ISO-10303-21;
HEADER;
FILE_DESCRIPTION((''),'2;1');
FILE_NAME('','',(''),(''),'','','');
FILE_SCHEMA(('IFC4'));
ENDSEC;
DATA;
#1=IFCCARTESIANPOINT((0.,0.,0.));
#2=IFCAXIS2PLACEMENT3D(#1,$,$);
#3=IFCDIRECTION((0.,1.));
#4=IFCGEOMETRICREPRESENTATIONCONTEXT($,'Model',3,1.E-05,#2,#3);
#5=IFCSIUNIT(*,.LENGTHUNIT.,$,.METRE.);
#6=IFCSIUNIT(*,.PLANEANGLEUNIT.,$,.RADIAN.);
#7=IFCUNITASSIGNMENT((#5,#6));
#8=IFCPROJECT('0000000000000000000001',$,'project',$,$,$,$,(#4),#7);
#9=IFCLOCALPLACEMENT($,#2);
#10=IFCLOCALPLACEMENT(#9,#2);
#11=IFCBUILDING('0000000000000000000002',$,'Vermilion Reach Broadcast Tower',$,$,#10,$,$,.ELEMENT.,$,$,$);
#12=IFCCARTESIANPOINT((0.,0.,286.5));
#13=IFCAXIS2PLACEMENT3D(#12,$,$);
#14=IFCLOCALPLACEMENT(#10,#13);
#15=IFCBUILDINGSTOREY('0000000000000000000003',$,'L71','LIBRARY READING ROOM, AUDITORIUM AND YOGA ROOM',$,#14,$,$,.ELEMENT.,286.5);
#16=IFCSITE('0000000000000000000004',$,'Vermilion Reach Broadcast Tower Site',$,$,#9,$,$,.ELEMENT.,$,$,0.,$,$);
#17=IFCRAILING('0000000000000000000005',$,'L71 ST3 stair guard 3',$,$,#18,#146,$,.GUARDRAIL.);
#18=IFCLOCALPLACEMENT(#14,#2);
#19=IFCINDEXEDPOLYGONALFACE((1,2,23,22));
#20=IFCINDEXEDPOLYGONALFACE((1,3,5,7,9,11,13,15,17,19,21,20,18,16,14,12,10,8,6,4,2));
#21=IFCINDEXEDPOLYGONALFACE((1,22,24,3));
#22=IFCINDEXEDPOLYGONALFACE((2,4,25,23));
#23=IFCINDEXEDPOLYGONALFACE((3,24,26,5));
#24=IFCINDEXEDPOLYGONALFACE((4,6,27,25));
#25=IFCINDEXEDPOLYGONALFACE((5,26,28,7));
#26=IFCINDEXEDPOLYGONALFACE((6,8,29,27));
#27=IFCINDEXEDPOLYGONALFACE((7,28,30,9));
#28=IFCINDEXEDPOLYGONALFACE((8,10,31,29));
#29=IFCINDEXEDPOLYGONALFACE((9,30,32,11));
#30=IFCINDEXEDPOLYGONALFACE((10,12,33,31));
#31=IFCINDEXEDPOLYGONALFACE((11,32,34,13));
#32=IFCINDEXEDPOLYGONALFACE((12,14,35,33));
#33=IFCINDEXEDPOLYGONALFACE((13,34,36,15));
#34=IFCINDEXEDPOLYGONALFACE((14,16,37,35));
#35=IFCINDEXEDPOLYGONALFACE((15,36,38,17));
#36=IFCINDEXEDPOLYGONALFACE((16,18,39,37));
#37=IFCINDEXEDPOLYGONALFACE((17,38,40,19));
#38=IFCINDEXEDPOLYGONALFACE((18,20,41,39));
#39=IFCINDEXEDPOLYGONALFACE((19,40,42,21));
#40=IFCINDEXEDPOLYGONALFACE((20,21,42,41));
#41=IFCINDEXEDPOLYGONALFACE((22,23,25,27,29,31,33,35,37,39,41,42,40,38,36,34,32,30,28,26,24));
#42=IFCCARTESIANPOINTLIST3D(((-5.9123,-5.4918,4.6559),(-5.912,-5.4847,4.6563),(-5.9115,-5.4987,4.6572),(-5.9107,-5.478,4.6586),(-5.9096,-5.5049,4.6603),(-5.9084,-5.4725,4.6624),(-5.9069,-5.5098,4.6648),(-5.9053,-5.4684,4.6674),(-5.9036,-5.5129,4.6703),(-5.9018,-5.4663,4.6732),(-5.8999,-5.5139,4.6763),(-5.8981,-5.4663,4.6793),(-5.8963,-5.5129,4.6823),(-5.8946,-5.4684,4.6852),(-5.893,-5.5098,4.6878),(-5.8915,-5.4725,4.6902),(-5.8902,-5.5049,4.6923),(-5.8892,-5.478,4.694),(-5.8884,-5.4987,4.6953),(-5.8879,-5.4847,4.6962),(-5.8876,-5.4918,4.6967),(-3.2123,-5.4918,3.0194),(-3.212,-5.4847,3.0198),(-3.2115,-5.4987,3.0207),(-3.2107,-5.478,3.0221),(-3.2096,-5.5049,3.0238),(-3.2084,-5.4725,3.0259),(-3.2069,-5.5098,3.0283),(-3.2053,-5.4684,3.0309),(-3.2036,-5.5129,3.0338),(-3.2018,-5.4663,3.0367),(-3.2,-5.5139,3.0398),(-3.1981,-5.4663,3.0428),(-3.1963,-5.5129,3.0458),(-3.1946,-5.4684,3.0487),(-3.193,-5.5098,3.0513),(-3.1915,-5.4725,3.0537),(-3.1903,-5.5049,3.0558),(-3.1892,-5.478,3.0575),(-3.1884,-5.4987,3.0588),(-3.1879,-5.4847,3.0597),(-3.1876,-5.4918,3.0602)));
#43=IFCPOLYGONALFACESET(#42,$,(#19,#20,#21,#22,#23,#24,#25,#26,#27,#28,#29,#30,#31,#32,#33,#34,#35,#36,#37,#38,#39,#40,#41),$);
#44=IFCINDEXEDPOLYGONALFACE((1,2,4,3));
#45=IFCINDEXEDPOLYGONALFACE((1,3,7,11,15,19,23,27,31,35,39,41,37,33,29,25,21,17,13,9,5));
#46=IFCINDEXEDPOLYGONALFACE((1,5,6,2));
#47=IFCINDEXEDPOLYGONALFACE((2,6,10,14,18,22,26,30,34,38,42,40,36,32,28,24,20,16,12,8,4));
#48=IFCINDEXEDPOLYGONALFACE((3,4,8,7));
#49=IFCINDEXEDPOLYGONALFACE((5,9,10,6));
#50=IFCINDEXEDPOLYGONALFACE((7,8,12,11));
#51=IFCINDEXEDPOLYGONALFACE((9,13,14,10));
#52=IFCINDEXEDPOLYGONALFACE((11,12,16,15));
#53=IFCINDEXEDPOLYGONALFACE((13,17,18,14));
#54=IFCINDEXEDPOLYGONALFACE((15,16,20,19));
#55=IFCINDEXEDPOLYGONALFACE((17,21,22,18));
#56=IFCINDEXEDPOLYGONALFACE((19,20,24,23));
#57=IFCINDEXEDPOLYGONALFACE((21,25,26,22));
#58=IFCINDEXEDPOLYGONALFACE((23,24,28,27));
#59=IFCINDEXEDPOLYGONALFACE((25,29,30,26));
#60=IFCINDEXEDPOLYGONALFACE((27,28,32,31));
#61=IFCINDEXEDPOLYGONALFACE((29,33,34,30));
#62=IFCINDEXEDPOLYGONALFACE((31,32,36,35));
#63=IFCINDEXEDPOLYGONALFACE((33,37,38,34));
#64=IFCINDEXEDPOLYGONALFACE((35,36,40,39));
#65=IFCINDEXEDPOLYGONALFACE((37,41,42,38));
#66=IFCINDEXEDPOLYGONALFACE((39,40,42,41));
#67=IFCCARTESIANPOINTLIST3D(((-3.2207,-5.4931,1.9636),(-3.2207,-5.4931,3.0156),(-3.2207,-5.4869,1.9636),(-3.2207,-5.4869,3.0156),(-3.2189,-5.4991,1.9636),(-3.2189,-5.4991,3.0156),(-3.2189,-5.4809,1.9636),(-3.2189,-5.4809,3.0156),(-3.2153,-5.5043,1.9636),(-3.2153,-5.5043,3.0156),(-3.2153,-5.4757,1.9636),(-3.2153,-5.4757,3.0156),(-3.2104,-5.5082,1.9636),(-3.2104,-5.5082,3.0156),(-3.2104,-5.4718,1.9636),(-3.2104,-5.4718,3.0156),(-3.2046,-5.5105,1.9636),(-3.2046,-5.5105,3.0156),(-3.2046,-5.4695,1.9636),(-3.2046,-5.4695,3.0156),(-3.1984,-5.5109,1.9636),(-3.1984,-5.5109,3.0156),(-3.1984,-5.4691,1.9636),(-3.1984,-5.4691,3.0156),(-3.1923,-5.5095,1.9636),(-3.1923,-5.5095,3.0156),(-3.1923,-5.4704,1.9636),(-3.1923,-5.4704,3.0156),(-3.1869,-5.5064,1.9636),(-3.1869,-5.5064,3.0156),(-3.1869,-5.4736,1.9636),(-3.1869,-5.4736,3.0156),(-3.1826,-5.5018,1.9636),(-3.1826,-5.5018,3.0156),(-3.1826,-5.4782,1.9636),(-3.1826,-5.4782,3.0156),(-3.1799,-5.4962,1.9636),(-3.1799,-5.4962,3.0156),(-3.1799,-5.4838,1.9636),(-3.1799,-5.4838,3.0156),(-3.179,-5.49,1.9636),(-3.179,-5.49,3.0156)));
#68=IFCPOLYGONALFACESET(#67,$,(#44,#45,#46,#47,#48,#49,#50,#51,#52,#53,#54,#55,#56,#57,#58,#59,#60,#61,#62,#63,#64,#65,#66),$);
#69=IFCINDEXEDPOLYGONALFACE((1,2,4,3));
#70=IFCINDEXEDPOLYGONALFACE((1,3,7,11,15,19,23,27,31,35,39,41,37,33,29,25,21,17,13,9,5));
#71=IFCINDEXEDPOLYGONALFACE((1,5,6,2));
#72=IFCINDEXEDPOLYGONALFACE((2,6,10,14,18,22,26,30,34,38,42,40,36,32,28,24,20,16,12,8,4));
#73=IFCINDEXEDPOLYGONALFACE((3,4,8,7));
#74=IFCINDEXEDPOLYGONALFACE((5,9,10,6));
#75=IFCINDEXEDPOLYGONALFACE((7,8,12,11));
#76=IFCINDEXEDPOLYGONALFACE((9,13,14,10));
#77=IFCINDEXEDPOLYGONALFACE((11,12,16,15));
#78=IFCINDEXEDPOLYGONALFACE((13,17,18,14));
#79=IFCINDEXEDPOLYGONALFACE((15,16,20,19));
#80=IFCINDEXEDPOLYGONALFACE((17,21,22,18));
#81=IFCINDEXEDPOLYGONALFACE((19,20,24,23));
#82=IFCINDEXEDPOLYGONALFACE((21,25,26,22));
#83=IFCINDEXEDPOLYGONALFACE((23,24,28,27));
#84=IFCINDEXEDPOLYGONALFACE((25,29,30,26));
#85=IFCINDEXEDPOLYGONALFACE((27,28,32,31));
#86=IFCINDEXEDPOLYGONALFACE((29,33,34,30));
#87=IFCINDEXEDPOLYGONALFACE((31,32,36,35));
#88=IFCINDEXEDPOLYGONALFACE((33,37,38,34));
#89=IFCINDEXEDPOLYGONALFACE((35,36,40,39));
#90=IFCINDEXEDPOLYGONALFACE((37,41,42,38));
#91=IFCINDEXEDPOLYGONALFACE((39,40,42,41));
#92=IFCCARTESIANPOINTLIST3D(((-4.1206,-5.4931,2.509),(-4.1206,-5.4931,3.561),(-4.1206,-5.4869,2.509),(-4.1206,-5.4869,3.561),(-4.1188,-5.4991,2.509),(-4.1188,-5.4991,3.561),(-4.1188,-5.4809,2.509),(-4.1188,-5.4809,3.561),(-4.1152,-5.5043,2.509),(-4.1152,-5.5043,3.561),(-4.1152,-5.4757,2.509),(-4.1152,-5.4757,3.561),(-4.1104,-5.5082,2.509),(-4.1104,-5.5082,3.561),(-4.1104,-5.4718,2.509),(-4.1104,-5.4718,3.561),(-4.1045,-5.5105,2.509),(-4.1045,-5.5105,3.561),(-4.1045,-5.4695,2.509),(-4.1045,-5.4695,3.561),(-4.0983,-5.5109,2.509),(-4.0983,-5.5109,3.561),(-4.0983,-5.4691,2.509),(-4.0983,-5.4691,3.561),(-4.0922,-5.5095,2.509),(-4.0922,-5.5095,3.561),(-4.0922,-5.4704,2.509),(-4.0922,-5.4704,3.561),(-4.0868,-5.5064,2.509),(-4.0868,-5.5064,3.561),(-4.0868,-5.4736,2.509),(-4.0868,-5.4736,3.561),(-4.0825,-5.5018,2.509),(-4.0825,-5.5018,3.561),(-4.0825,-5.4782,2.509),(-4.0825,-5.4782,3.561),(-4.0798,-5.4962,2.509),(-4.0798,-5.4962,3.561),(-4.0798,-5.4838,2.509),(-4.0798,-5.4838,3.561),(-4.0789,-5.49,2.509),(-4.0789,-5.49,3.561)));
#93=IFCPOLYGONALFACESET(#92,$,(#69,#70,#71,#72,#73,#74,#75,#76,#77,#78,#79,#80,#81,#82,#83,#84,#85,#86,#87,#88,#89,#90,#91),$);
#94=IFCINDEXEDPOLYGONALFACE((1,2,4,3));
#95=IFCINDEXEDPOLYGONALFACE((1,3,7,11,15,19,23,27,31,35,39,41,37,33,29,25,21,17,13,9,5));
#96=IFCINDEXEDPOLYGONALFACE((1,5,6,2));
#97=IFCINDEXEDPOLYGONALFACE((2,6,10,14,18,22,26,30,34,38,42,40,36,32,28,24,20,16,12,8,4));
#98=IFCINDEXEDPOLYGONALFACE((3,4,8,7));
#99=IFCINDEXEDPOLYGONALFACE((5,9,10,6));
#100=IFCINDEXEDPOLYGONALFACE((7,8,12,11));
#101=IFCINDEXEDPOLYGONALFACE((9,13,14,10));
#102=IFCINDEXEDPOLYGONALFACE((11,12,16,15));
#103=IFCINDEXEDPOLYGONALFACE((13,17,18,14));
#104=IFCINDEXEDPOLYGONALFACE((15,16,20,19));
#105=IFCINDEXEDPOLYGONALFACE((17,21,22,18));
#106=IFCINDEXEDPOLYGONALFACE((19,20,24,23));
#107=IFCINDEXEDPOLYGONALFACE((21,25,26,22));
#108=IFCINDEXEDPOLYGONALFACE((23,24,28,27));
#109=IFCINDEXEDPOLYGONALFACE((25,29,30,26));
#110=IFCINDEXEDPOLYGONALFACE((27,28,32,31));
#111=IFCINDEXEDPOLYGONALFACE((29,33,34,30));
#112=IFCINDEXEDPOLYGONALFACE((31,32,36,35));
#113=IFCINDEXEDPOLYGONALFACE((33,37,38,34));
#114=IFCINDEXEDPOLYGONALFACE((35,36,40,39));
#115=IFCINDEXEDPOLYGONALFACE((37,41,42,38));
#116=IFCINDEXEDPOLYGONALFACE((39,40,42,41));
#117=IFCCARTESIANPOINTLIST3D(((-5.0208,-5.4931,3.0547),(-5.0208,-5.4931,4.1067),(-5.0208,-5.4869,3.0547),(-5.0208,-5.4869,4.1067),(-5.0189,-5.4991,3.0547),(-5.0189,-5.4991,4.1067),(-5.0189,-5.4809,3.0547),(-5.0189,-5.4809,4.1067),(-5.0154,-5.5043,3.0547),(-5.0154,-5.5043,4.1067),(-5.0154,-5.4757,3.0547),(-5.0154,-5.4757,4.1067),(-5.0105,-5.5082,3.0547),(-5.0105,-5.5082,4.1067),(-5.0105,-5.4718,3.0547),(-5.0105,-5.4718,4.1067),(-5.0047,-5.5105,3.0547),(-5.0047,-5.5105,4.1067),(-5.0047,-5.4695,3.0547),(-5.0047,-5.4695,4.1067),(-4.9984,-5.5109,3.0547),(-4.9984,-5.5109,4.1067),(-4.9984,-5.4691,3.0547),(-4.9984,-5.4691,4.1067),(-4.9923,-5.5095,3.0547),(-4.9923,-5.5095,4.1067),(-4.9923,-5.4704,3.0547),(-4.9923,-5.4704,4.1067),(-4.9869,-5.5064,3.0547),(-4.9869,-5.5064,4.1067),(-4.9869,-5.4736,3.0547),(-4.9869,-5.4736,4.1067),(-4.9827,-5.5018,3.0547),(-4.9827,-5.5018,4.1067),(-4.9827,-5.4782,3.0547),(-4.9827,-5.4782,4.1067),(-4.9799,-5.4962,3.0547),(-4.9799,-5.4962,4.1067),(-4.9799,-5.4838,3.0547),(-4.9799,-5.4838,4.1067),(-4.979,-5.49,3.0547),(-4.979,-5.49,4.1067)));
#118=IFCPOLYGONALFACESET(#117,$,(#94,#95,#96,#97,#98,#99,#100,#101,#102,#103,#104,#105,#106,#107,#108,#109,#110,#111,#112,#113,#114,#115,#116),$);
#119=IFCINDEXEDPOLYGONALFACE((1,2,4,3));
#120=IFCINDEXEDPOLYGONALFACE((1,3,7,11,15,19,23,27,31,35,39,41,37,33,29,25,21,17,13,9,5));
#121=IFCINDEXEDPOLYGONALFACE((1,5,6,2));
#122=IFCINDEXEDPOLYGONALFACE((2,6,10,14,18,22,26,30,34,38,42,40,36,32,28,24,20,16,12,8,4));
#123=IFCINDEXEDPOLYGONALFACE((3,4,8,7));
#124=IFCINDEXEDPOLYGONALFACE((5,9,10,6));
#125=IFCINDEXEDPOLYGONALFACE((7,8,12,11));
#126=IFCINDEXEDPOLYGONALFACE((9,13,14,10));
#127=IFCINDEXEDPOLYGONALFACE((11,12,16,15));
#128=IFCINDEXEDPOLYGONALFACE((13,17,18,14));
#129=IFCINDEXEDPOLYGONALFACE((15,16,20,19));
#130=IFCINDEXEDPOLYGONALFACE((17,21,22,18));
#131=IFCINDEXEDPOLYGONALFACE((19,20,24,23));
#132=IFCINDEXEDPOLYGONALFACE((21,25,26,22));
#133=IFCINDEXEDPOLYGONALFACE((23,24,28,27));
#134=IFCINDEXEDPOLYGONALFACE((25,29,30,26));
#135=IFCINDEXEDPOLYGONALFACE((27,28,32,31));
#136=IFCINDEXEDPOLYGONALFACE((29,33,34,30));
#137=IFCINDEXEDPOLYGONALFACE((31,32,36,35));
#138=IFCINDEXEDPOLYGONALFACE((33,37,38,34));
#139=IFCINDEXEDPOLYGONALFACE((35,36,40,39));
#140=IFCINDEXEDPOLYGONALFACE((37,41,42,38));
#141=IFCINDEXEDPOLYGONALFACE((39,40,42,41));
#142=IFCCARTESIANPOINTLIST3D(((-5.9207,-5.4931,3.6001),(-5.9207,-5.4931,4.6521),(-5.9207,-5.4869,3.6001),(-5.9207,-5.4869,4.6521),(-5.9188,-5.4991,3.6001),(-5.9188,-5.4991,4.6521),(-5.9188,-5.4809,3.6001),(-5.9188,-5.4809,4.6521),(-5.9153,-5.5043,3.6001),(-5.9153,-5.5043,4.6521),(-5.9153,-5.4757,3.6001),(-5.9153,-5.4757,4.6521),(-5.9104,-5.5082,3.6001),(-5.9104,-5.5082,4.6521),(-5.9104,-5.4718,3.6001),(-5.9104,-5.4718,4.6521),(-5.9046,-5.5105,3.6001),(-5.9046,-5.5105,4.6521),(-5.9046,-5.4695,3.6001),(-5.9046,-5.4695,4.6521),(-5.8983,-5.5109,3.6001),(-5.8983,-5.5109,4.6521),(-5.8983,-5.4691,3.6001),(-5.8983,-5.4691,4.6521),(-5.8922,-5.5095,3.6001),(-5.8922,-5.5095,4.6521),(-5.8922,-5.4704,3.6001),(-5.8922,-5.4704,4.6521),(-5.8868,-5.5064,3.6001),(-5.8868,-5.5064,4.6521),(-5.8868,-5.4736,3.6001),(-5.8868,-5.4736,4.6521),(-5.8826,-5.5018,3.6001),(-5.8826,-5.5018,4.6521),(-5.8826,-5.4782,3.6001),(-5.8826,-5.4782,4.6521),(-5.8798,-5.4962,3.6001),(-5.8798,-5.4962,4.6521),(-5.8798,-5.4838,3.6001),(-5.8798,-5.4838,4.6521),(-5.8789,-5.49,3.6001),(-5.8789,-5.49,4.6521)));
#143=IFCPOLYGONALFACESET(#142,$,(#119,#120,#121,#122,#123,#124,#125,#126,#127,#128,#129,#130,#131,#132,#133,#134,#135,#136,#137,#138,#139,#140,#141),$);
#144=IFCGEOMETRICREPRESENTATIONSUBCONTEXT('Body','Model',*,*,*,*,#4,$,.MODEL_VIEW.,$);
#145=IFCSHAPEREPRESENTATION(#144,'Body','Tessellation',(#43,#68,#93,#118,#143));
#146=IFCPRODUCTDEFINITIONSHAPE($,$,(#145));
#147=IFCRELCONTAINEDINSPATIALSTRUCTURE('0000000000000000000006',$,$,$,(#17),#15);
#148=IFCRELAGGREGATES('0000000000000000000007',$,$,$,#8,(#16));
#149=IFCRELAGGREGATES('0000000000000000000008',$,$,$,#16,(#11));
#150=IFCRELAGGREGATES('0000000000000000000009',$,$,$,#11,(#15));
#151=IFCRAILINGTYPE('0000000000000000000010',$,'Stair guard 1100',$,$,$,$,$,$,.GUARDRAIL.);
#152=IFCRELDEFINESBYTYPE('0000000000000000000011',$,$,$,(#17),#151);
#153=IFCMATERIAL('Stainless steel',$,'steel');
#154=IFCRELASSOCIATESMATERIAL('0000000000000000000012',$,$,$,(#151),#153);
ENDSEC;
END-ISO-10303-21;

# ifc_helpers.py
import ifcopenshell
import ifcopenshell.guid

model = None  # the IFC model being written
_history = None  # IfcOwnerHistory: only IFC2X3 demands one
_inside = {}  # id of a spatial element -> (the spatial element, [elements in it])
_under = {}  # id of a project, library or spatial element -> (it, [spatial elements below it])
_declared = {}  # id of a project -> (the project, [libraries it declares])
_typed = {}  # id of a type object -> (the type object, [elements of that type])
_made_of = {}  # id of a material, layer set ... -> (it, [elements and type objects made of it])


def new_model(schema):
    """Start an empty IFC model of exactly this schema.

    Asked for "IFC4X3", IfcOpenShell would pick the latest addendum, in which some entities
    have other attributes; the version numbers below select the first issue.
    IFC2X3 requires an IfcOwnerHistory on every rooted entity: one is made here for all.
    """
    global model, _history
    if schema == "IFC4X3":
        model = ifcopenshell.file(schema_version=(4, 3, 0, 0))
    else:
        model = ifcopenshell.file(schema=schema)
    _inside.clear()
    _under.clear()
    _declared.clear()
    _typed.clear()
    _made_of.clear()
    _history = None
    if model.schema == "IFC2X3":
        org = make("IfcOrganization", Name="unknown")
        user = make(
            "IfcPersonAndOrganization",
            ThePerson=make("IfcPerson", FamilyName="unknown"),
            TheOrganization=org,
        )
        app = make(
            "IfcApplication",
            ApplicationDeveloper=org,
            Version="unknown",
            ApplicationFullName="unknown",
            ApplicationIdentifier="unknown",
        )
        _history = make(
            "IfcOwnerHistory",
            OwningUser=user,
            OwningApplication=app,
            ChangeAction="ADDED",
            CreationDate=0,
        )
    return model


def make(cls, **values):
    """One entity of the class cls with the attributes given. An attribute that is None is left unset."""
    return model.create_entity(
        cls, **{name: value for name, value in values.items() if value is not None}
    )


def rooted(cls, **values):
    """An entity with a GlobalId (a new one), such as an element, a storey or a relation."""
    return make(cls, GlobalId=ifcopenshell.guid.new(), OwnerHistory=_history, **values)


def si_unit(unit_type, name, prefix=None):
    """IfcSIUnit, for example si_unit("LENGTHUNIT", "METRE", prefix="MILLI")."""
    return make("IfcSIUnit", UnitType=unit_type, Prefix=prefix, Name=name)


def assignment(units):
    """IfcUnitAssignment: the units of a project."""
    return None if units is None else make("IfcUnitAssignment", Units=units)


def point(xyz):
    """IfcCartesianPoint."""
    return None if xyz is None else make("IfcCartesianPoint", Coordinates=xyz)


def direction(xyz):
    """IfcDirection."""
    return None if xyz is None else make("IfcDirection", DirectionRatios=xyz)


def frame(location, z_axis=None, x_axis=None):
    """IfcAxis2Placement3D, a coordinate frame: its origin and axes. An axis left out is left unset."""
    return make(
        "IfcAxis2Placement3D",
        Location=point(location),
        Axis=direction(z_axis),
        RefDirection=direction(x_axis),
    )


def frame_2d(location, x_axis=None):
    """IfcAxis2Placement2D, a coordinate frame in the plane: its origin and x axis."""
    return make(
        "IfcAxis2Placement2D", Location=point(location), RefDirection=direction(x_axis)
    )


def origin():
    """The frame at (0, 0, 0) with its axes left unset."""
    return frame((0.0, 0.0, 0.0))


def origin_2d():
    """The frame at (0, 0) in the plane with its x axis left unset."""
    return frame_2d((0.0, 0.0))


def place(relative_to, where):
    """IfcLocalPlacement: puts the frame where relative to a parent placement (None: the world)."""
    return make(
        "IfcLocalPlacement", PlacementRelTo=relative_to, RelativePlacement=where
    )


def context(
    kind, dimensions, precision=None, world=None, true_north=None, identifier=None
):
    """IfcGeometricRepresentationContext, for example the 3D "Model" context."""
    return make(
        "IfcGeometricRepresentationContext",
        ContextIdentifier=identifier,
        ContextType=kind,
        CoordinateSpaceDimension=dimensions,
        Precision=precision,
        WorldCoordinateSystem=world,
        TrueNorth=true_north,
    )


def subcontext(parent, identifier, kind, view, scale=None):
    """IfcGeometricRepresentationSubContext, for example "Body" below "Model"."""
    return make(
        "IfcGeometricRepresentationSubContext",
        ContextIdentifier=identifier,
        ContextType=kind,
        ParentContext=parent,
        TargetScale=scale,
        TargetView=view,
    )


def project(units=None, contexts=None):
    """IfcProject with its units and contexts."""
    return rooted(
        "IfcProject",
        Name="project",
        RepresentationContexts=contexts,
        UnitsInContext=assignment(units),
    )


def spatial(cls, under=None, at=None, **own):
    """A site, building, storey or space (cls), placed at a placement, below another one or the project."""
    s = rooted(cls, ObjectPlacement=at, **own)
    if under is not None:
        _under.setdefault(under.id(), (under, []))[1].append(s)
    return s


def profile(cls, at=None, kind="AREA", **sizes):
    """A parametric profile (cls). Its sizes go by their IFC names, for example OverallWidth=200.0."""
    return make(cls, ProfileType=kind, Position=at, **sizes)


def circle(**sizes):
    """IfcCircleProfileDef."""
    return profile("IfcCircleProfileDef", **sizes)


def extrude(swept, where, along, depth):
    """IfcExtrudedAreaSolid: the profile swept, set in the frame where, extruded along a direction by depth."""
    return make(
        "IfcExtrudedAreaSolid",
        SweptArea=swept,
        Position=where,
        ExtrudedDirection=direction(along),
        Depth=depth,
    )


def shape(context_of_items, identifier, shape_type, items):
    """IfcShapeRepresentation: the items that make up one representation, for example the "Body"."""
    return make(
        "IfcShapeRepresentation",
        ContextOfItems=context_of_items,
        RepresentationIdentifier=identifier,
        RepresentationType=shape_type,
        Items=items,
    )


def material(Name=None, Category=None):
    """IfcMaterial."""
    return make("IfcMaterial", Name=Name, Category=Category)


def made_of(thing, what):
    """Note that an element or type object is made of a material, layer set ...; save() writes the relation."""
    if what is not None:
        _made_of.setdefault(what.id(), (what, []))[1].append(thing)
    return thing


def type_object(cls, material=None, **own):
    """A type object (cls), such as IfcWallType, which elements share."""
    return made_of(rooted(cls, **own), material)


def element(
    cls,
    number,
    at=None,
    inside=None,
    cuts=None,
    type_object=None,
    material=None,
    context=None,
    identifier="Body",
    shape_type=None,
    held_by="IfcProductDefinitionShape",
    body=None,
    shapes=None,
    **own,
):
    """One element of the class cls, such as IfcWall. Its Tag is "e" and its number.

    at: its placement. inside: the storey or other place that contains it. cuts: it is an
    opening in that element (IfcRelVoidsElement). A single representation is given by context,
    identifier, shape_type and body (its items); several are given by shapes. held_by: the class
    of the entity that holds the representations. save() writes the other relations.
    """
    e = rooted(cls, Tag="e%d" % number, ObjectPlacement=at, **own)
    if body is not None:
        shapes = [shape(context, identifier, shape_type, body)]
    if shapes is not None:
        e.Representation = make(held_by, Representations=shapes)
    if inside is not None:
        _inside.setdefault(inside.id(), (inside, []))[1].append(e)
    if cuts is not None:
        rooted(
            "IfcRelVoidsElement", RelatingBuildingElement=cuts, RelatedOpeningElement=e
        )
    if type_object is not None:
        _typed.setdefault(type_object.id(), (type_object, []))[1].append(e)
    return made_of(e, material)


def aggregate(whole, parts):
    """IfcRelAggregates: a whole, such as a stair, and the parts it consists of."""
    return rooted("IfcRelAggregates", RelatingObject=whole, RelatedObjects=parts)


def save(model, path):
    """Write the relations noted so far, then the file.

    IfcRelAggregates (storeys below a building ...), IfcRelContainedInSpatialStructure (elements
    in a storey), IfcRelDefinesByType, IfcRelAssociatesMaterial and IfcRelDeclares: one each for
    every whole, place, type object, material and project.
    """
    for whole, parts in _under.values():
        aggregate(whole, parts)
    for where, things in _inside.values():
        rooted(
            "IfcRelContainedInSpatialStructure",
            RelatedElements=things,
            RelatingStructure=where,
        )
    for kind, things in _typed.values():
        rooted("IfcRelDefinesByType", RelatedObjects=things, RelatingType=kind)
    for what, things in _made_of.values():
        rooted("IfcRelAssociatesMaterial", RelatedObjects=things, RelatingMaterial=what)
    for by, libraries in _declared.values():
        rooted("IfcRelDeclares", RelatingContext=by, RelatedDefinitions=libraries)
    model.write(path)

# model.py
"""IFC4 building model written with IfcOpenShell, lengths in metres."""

from ifc_helpers import new_model, si_unit, direction, frame, origin, origin_2d, place, context, subcontext, project, spatial, circle, extrude, material, type_object, element, save


model = new_model("IFC4")

# Units and contexts
model_context = context("Model", 3, precision=1e-05, world=origin(), true_north=direction((0.0, 1.0)))
body_context = subcontext(model_context, "Body", "Model", "MODEL_VIEW")
ifc_project = project(units=[si_unit("LENGTHUNIT", "METRE"), si_unit("PLANEANGLEUNIT", "RADIAN")], contexts=[model_context])

# Site, building, storey
site_placement = place(None, origin())
site = spatial("IfcSite", under=ifc_project, at=site_placement, Name="Vermilion Reach Broadcast Tower Site", CompositionType="ELEMENT", RefElevation=0.0)
building_placement = place(site_placement, origin())
building = spatial("IfcBuilding", under=site, at=building_placement, Name="Vermilion Reach Broadcast Tower", CompositionType="ELEMENT")
storey_placement = place(building_placement, frame((0.0, 0.0, 286.5)))
storey = spatial("IfcBuildingStorey", under=building, at=storey_placement, Name="L71", Description="LIBRARY READING ROOM, AUDITORIUM AND YOGA ROOM", CompositionType="ELEMENT", Elevation=286.5)

# Railing
ifc_material_1 = material(Name="Stainless steel", Category="steel")
railing_type_1 = type_object("IfcRailingType", Name="Stair guard 1100", PredefinedType="GUARDRAIL", material=ifc_material_1)
railing_1_placement = place(storey_placement, frame((-3.2, -5.49, 1.9636)))
element("IfcRailing", 1, at=railing_1_placement, inside=storey, type_object=railing_type_1, Name="L71 ST3 stair guard 3", PredefinedType="GUARDRAIL", context=body_context, shape_type="SweptSolid", body=[
    extrude(circle(Radius=0.0239, at=origin_2d()), frame((0.0, 0.0, 1.0762), z_axis=(-0.855178, 0.0, 0.518334), x_axis=(0.0, -1.0, 0.0)), (0.0, 0.0, 1.0), 3.1572),
    extrude(circle(Radius=0.021, at=origin_2d()), origin(), (0.0, 0.0, 1.0), 1.052),
    extrude(circle(Radius=0.021, at=origin_2d()), frame((-0.8999, 0.0, 0.5454)), (0.0, 0.0, 1.0), 1.052),
    extrude(circle(Radius=0.021, at=origin_2d()), frame((-1.8, 0.0, 1.0911)), (0.0, 0.0, 1.0), 1.052),
    extrude(circle(Radius=0.021, at=origin_2d()), frame((-2.7, 0.0, 1.6365)), (0.0, 0.0, 1.0), 1.052),
])

save(model, "model.ifc")
